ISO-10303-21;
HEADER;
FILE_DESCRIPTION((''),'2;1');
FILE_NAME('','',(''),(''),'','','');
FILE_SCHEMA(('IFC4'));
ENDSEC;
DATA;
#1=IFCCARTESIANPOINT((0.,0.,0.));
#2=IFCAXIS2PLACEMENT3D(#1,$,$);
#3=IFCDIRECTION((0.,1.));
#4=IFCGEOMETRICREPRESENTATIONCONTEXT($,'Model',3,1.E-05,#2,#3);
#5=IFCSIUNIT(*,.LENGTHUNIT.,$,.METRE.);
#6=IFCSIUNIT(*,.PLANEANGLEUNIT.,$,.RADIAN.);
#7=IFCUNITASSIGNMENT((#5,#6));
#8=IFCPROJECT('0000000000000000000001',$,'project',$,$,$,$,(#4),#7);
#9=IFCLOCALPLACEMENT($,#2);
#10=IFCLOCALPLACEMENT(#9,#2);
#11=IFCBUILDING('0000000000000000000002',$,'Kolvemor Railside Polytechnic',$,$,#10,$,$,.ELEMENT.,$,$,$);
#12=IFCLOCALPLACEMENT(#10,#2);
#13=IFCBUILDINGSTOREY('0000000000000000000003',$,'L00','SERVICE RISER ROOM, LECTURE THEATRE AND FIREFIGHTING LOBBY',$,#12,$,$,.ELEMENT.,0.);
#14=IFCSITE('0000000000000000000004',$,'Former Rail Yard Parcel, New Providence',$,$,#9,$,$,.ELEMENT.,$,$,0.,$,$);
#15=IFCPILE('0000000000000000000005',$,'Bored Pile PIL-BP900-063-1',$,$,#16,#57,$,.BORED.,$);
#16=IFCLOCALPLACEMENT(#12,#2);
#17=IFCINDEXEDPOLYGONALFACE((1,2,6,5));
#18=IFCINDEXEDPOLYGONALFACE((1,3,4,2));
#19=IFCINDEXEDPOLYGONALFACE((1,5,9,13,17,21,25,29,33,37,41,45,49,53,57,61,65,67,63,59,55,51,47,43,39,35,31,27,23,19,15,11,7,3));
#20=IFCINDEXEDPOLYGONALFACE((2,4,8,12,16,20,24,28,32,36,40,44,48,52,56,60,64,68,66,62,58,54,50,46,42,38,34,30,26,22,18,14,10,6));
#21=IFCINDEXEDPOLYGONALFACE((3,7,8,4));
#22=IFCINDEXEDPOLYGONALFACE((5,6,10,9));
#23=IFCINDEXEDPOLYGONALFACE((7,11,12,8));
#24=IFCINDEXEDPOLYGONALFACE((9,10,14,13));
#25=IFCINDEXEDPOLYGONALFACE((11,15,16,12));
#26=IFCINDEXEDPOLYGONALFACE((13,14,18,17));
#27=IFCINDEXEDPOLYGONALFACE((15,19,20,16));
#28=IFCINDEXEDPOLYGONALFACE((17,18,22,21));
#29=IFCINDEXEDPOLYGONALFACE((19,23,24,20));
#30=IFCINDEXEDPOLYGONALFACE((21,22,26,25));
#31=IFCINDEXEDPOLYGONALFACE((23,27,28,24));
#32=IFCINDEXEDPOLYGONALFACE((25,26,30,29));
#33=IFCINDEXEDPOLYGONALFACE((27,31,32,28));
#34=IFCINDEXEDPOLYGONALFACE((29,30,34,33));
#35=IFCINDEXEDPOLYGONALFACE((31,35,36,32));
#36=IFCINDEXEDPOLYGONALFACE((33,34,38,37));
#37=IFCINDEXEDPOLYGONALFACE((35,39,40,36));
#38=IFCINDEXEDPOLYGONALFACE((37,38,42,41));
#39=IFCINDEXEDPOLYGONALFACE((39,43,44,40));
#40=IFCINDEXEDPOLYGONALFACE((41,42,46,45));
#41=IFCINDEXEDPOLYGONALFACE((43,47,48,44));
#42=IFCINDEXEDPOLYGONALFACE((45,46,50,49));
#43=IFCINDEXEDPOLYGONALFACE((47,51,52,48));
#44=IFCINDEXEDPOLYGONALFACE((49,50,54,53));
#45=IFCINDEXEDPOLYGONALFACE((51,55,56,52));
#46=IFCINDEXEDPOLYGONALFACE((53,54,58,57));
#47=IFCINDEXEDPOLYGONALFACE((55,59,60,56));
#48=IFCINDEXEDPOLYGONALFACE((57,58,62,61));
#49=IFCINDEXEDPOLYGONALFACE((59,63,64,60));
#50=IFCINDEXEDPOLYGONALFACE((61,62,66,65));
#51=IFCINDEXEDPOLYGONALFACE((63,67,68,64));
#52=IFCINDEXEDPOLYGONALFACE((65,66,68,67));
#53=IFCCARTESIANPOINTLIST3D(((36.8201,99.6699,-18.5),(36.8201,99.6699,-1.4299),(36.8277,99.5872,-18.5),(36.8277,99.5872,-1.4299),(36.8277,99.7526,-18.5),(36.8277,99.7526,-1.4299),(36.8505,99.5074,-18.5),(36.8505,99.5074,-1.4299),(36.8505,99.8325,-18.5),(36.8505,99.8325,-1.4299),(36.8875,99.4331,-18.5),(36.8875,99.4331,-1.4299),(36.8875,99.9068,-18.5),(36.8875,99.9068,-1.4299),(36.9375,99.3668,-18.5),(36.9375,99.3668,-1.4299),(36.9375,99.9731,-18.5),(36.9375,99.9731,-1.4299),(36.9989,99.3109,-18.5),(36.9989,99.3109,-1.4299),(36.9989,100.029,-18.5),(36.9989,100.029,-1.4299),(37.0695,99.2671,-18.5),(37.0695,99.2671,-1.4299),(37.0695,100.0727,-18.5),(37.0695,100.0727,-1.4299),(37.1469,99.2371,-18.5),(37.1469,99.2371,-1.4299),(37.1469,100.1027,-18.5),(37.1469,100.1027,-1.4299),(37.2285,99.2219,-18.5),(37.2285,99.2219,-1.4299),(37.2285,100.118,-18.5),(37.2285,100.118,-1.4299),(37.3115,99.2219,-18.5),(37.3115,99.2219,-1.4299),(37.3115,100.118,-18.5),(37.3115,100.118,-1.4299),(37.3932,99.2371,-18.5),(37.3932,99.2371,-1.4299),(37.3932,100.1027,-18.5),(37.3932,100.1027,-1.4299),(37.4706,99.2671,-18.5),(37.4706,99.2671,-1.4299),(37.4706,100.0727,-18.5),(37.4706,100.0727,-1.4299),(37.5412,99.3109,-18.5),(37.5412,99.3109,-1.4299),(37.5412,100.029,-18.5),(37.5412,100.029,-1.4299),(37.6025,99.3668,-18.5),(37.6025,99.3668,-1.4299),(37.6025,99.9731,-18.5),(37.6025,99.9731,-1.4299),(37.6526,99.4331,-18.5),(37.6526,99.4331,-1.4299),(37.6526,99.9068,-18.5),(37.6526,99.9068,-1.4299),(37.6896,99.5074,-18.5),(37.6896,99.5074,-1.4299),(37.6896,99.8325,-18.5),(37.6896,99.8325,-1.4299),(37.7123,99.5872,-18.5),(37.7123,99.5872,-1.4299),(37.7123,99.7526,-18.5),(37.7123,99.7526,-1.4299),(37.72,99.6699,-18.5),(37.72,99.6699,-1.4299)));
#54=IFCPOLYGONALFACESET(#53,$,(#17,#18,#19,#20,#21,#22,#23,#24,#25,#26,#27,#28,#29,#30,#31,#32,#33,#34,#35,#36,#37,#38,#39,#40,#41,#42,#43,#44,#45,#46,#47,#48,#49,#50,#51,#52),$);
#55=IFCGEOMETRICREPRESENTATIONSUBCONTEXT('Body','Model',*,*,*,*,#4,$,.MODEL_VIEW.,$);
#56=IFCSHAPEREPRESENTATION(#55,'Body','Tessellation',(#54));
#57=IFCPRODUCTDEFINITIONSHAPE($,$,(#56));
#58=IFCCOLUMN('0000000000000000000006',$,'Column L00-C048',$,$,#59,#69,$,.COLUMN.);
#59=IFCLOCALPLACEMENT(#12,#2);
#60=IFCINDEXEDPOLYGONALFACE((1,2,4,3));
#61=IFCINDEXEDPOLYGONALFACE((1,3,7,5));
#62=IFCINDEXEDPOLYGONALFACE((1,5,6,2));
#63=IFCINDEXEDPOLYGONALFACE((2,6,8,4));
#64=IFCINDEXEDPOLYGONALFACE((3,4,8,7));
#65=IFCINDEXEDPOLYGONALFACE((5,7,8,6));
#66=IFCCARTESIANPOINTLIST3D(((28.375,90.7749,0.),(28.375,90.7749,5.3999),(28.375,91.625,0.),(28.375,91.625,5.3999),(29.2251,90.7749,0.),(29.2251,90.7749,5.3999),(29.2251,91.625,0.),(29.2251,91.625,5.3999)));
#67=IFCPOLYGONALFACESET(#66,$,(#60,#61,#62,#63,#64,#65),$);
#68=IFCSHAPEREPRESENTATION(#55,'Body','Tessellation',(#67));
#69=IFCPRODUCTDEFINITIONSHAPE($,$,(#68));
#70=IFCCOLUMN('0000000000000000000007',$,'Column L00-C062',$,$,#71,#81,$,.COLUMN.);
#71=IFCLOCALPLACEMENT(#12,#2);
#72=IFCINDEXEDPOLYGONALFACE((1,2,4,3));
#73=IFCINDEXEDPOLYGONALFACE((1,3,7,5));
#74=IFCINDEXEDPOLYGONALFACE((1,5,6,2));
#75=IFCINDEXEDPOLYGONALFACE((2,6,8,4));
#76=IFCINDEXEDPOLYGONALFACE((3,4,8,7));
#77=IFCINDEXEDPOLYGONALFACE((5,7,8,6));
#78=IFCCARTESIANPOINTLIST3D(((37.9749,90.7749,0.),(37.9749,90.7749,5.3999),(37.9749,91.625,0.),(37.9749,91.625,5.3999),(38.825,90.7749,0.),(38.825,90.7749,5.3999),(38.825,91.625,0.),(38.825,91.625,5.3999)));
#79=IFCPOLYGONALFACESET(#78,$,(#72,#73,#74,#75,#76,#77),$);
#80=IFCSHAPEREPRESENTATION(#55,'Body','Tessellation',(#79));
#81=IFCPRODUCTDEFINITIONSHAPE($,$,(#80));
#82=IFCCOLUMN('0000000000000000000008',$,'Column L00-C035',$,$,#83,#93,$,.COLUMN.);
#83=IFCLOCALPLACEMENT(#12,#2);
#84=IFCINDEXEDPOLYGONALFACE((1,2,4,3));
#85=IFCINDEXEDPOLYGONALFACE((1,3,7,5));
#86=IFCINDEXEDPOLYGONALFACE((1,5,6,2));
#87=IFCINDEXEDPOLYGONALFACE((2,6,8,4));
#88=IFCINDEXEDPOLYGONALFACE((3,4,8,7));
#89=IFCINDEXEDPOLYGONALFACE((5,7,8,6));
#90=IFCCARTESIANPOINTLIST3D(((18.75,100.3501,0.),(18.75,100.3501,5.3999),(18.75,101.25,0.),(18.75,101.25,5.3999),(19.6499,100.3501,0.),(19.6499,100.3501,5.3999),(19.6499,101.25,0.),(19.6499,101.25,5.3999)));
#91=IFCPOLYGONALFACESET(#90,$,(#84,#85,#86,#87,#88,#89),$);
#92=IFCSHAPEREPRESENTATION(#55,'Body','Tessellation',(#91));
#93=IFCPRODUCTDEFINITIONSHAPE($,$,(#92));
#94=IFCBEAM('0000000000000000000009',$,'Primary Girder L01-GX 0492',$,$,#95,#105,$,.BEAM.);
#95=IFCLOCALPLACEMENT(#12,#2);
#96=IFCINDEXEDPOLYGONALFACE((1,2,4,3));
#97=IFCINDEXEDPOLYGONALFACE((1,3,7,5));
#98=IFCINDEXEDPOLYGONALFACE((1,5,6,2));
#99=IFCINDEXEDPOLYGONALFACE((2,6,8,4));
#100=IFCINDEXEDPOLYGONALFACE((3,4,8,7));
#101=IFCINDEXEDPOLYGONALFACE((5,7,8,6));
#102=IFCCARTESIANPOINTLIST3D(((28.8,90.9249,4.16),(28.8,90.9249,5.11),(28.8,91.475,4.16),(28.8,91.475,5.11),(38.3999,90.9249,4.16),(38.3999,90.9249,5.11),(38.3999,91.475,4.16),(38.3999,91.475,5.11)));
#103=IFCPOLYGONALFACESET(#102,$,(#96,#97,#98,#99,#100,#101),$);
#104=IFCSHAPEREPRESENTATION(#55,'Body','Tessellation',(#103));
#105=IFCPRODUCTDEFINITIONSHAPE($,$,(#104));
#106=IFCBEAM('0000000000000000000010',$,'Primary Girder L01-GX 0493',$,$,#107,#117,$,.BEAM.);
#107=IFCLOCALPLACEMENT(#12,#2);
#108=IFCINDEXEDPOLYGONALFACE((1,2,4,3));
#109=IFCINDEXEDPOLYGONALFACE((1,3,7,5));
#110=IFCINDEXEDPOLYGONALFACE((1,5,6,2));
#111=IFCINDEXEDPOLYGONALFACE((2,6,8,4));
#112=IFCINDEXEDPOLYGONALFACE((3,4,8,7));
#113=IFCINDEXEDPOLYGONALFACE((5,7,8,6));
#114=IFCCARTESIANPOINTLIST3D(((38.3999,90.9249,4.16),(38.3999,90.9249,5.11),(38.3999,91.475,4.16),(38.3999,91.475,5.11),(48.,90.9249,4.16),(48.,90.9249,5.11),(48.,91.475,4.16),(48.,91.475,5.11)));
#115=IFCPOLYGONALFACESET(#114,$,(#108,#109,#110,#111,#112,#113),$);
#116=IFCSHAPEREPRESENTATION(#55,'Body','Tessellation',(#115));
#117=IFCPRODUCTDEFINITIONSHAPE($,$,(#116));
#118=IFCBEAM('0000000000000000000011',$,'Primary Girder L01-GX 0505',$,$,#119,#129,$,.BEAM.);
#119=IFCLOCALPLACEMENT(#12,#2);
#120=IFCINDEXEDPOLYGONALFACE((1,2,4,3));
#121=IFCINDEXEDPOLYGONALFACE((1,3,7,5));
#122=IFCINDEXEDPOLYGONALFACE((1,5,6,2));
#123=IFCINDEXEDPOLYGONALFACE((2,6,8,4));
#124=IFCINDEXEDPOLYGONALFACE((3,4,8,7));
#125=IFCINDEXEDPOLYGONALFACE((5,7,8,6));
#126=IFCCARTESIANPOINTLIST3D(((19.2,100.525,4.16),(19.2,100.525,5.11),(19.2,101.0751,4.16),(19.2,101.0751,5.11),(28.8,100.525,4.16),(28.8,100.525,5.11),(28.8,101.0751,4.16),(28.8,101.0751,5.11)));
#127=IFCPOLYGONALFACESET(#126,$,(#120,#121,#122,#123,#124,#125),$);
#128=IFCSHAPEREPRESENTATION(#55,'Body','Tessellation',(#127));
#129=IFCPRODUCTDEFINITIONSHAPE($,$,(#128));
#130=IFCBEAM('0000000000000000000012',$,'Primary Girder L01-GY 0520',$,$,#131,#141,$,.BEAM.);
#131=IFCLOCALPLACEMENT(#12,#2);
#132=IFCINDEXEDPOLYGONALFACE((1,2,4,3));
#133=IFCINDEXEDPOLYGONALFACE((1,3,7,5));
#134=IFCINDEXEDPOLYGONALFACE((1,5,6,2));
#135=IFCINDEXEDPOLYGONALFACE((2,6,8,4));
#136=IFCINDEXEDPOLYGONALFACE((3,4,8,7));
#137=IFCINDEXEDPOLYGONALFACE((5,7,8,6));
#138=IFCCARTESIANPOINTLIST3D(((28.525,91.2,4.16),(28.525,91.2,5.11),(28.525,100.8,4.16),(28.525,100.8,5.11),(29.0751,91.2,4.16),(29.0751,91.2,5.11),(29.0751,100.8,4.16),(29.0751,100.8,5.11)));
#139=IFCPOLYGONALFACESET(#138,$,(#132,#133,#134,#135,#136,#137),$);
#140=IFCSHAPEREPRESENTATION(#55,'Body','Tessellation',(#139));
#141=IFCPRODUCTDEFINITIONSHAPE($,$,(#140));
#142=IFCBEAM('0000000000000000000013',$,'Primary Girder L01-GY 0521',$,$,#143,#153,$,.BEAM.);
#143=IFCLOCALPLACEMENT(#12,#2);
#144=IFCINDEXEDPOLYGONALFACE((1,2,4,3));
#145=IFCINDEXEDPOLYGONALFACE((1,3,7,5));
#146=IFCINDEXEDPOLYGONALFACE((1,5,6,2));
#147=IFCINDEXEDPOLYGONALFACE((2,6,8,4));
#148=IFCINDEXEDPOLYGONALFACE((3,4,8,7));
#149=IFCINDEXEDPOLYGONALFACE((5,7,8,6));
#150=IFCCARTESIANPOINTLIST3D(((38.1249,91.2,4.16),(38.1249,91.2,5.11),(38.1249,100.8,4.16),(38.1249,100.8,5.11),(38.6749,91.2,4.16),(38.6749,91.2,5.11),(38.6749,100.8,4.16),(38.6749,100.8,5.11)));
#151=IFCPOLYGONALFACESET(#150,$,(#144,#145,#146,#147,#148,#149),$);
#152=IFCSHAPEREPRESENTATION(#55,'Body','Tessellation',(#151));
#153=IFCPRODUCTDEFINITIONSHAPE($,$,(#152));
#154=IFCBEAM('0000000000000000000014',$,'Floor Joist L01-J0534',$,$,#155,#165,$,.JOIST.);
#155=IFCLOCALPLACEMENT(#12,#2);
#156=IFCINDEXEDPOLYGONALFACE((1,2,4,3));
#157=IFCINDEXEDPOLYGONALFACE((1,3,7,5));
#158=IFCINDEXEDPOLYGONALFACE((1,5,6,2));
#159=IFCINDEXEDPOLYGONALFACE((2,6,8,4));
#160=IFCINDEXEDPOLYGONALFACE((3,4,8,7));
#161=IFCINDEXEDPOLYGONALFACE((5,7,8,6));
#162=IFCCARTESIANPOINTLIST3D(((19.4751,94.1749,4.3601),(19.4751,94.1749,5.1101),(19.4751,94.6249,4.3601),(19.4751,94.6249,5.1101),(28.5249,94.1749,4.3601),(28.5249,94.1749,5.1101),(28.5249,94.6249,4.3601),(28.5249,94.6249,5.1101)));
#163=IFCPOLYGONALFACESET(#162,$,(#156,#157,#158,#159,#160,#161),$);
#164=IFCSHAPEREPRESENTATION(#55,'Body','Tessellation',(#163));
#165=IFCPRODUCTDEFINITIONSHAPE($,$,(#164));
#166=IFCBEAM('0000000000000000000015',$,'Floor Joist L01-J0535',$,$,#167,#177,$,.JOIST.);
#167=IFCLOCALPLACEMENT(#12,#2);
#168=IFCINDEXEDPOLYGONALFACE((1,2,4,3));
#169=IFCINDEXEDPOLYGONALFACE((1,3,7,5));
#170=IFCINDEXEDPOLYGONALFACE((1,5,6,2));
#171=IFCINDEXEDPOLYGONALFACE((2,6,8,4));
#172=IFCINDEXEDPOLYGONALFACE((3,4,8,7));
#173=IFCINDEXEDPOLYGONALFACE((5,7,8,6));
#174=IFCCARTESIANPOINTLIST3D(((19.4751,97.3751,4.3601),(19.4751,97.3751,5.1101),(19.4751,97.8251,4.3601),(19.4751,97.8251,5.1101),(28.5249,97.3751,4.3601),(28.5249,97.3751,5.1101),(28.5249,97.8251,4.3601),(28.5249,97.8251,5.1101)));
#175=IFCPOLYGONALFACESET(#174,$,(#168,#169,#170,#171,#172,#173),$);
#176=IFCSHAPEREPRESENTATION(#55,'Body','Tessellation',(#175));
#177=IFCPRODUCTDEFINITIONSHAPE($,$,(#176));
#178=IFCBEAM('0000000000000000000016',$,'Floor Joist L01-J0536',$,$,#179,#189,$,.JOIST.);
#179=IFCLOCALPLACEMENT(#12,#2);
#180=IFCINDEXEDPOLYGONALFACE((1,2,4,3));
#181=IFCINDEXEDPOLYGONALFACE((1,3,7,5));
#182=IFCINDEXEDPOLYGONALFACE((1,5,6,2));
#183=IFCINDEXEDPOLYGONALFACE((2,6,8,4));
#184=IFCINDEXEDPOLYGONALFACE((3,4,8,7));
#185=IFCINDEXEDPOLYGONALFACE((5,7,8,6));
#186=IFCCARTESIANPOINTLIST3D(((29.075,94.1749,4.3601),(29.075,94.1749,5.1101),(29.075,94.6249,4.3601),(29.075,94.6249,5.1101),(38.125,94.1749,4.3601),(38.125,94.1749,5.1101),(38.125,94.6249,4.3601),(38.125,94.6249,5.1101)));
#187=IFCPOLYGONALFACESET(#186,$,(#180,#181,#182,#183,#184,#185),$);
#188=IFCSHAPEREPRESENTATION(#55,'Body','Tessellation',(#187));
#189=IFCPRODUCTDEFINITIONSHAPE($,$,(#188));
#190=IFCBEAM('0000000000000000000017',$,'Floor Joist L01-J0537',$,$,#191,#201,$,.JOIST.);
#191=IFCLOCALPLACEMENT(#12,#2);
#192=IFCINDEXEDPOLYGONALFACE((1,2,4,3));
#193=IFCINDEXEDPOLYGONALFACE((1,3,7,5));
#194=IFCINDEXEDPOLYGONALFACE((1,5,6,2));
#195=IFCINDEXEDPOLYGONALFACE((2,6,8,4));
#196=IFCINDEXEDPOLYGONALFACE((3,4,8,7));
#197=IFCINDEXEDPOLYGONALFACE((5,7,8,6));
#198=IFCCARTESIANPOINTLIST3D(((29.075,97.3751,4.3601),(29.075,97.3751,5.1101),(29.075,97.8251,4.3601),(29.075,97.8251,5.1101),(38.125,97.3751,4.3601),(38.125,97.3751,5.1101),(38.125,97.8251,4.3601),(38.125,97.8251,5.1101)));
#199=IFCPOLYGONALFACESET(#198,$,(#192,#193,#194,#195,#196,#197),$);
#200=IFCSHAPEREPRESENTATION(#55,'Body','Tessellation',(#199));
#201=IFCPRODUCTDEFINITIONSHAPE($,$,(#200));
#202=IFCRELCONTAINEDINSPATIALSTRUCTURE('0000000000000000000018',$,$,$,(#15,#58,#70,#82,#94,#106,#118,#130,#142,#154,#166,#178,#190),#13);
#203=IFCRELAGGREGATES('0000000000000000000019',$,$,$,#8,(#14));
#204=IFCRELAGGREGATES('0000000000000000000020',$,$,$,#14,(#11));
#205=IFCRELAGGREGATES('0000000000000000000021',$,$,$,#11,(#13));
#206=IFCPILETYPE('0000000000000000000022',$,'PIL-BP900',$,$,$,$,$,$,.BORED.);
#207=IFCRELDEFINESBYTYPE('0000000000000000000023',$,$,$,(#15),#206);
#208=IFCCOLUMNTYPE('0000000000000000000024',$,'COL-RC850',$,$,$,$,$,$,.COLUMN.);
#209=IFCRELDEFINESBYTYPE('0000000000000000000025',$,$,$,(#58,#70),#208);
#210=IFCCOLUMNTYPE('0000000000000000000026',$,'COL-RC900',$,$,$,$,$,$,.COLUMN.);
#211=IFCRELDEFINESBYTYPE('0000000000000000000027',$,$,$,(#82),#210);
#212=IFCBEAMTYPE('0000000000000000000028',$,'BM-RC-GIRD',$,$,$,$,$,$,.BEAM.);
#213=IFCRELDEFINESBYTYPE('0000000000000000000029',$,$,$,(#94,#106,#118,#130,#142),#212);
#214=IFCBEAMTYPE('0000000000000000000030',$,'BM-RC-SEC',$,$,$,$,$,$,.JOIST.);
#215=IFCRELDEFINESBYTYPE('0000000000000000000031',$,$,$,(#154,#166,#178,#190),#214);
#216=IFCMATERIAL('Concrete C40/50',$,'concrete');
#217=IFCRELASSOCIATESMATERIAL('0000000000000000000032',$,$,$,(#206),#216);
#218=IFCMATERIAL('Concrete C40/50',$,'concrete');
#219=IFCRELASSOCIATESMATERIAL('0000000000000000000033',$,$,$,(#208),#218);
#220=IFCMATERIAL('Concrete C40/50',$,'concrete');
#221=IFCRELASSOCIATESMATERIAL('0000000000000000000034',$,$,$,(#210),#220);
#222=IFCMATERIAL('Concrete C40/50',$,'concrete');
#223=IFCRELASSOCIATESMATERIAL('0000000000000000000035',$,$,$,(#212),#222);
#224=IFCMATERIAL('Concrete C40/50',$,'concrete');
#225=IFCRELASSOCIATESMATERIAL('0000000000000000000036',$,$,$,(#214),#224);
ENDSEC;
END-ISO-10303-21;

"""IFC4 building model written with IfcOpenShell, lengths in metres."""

from ifc_helpers import new_model, si_unit, direction, frame, origin, origin_2d, place, context, subcontext, project, spatial, rectangle, circle, extrude, material, material_profile, profile_set, type_object, element, save


model = new_model("IFC4")

# Units and contexts
model_context = context("Model", 3, precision=1e-05, world=origin(), true_north=direction((0.0, 1.0)))
body_context = subcontext(model_context, "Body", "Model", "MODEL_VIEW")
ifc_project = project(units=[si_unit("LENGTHUNIT", "METRE"), si_unit("PLANEANGLEUNIT", "RADIAN")], contexts=[model_context])

# Site, building, storey
site_placement = place(None, origin())
site = spatial("IfcSite", under=ifc_project, at=site_placement, Name="Former Rail Yard Parcel, New Providence", CompositionType="ELEMENT", RefElevation=0.0)
building_placement = place(site_placement, origin())
building = spatial("IfcBuilding", under=site, at=building_placement, Name="Kolvemor Railside Polytechnic", CompositionType="ELEMENT")
storey_placement = place(building_placement, origin())
storey = spatial("IfcBuildingStorey", under=building, at=storey_placement, Name="L00", Description="SERVICE RISER ROOM, LECTURE THEATRE AND FIREFIGHTING LOBBY", CompositionType="ELEMENT", Elevation=0.0)

# Pile
ifc_material_1 = material(Name="Concrete C40/50", Category="concrete")
ifc_material_profile_1 = material_profile(ifc_material_1, circle(Radius=0.45, at=origin_2d()), Name="BP900")
ifc_profile_set_1 = profile_set([ifc_material_profile_1], Name="Concrete C40/50")
pile_type_1 = type_object("IfcPileType", Name="PIL-BP900", PredefinedType="BORED", material=ifc_profile_set_1)
pile_1_placement = place(storey_placement, frame((37.27, 99.6699, -1.4299), z_axis=(0.0, 0.0, -1.0), x_axis=(1.0, 0.0, 0.0)))
element("IfcPile", 1, at=pile_1_placement, inside=storey, type_object=pile_type_1, Name="Bored Pile PIL-BP900-063-1", PredefinedType="BORED", context=body_context, shape_type="SweptSolid", body=[
    extrude(circle(Radius=0.45, at=origin_2d()), origin(), (0.0, 0.0, 1.0), 17.0701),
])

# Columns
ifc_material_2 = material(Name="Concrete C40/50", Category="concrete")
ifc_material_profile_2 = material_profile(ifc_material_2, rectangle(XDim=0.8501, YDim=0.8501, at=origin_2d()), Name="RC850x850")
ifc_profile_set_2 = profile_set([ifc_material_profile_2], Name="Concrete C40/50")
column_type_1 = type_object("IfcColumnType", Name="COL-RC850", PredefinedType="COLUMN", material=ifc_profile_set_2)
for number, where, z_axis, x_axis, name in (
    (2, (28.8, 91.2, 0.0), (0.0, 0.0, 1.0), (1.0, 0.0, 0.0), "Column L00-C048"),
    (3, (38.3999, 91.2, 0.0), (0.0, 0.0, 1.0), (1.0, 0.0, 0.0), "Column L00-C062"),
):
    element("IfcColumn", number, at=place(storey_placement, frame(where, z_axis=z_axis, x_axis=x_axis)), inside=storey, type_object=column_type_1, Name=name, PredefinedType="COLUMN", context=body_context, shape_type="SweptSolid", body=[
        extrude(rectangle(XDim=0.8501, YDim=0.8501, at=origin_2d()), origin(), (0.0, 0.0, 1.0), 5.3999),
    ])
ifc_material_3 = material(Name="Concrete C40/50", Category="concrete")
ifc_material_profile_3 = material_profile(ifc_material_3, rectangle(XDim=0.8999, YDim=0.8999, at=origin_2d()), Name="RC900x900")
ifc_profile_set_3 = profile_set([ifc_material_profile_3], Name="Concrete C40/50")
column_type_2 = type_object("IfcColumnType", Name="COL-RC900", PredefinedType="COLUMN", material=ifc_profile_set_3)
column_placement = place(storey_placement, frame((19.2, 100.8, 0.0), z_axis=(0.0, 0.0, 1.0), x_axis=(1.0, 0.0, 0.0)))
element("IfcColumn", 4, at=column_placement, inside=storey, type_object=column_type_2, Name="Column L00-C035", PredefinedType="COLUMN", context=body_context, shape_type="SweptSolid", body=[
    extrude(rectangle(XDim=0.8999, YDim=0.8999, at=origin_2d()), origin(), (0.0, 0.0, 1.0), 5.3999),
])

# Beams
ifc_material_4 = material(Name="Concrete C40/50", Category="concrete")
ifc_material_profile_4 = material_profile(ifc_material_4, rectangle(XDim=0.55, YDim=0.95, at=origin_2d()), Name="RC550x950")
ifc_profile_set_4 = profile_set([ifc_material_profile_4], Name="Concrete C40/50")
beam_type_1 = type_object("IfcBeamType", Name="BM-RC-GIRD", PredefinedType="BEAM", material=ifc_profile_set_4)
beam_1_placement = place(storey_placement, frame((28.8, 91.2, 4.635), z_axis=(1.0, 0.0, 0.0), x_axis=(0.0, 1.0, 0.0)))
element("IfcBeam", 5, at=beam_1_placement, inside=storey, type_object=beam_type_1, Name="Primary Girder L01-GX 0492", PredefinedType="BEAM", context=body_context, shape_type="SweptSolid", body=[
    extrude(rectangle(XDim=0.55, YDim=0.95, at=origin_2d()), origin(), (0.0, 0.0, 1.0), 9.5999),
])
for number, where, z_axis, x_axis, name in (
    (6, (38.3999, 91.2, 4.635), (1.0, 0.0, 0.0), (0.0, 1.0, 0.0), "Primary Girder L01-GX 0493"),
    (7, (19.2, 100.8, 4.635), (1.0, 0.0, 0.0), (0.0, 1.0, 0.0), "Primary Girder L01-GX 0505"),
    (8, (28.8, 91.2, 4.635), (0.0, 1.0, 0.0), (-1.0, 0.0, 0.0), "Primary Girder L01-GY 0520"),
    (9, (38.3999, 91.2, 4.635), (0.0, 1.0, 0.0), (-1.0, 0.0, 0.0), "Primary Girder L01-GY 0521"),
):
    element("IfcBeam", number, at=place(storey_placement, frame(where, z_axis=z_axis, x_axis=x_axis)), inside=storey, type_object=beam_type_1, Name=name, PredefinedType="BEAM", context=body_context, shape_type="SweptSolid", body=[
        extrude(rectangle(XDim=0.55, YDim=0.95, at=origin_2d()), origin(), (0.0, 0.0, 1.0), 9.6001),
    ])
ifc_material_5 = material(Name="Concrete C40/50", Category="concrete")
ifc_material_profile_5 = material_profile(ifc_material_5, rectangle(XDim=0.45, YDim=0.75, at=origin_2d()), Name="RC450x750")
ifc_profile_set_5 = profile_set([ifc_material_profile_5], Name="Concrete C40/50")
beam_type_2 = type_object("IfcBeamType", Name="BM-RC-SEC", PredefinedType="JOIST", material=ifc_profile_set_5)
for number, where, z_axis, x_axis, name in (
    (10, (19.4751, 94.3999, 4.7351), (1.0, 0.0, 0.0), (0.0, 1.0, 0.0), "Floor Joist L01-J0534"),
    (11, (19.4751, 97.6001, 4.7351), (1.0, 0.0, 0.0), (0.0, 1.0, 0.0), "Floor Joist L01-J0535"),
):
    element("IfcBeam", number, at=place(storey_placement, frame(where, z_axis=z_axis, x_axis=x_axis)), inside=storey, type_object=beam_type_2, Name=name, PredefinedType="JOIST", context=body_context, shape_type="SweptSolid", body=[
        extrude(rectangle(XDim=0.45, YDim=0.75, at=origin_2d()), origin(), (0.0, 0.0, 1.0), 9.0498),
    ])
for number, where, z_axis, x_axis, name in (
    (12, (29.075, 94.3999, 4.7351), (1.0, 0.0, 0.0), (0.0, 1.0, 0.0), "Floor Joist L01-J0536"),
    (13, (29.075, 97.6001, 4.7351), (1.0, 0.0, 0.0), (0.0, 1.0, 0.0), "Floor Joist L01-J0537"),
):
    element("IfcBeam", number, at=place(storey_placement, frame(where, z_axis=z_axis, x_axis=x_axis)), inside=storey, type_object=beam_type_2, Name=name, PredefinedType="JOIST", context=body_context, shape_type="SweptSolid", body=[
        extrude(rectangle(XDim=0.45, YDim=0.75, at=origin_2d()), origin(), (0.0, 0.0, 1.0), 9.05),
    ])

save(model, "model.ifc")
